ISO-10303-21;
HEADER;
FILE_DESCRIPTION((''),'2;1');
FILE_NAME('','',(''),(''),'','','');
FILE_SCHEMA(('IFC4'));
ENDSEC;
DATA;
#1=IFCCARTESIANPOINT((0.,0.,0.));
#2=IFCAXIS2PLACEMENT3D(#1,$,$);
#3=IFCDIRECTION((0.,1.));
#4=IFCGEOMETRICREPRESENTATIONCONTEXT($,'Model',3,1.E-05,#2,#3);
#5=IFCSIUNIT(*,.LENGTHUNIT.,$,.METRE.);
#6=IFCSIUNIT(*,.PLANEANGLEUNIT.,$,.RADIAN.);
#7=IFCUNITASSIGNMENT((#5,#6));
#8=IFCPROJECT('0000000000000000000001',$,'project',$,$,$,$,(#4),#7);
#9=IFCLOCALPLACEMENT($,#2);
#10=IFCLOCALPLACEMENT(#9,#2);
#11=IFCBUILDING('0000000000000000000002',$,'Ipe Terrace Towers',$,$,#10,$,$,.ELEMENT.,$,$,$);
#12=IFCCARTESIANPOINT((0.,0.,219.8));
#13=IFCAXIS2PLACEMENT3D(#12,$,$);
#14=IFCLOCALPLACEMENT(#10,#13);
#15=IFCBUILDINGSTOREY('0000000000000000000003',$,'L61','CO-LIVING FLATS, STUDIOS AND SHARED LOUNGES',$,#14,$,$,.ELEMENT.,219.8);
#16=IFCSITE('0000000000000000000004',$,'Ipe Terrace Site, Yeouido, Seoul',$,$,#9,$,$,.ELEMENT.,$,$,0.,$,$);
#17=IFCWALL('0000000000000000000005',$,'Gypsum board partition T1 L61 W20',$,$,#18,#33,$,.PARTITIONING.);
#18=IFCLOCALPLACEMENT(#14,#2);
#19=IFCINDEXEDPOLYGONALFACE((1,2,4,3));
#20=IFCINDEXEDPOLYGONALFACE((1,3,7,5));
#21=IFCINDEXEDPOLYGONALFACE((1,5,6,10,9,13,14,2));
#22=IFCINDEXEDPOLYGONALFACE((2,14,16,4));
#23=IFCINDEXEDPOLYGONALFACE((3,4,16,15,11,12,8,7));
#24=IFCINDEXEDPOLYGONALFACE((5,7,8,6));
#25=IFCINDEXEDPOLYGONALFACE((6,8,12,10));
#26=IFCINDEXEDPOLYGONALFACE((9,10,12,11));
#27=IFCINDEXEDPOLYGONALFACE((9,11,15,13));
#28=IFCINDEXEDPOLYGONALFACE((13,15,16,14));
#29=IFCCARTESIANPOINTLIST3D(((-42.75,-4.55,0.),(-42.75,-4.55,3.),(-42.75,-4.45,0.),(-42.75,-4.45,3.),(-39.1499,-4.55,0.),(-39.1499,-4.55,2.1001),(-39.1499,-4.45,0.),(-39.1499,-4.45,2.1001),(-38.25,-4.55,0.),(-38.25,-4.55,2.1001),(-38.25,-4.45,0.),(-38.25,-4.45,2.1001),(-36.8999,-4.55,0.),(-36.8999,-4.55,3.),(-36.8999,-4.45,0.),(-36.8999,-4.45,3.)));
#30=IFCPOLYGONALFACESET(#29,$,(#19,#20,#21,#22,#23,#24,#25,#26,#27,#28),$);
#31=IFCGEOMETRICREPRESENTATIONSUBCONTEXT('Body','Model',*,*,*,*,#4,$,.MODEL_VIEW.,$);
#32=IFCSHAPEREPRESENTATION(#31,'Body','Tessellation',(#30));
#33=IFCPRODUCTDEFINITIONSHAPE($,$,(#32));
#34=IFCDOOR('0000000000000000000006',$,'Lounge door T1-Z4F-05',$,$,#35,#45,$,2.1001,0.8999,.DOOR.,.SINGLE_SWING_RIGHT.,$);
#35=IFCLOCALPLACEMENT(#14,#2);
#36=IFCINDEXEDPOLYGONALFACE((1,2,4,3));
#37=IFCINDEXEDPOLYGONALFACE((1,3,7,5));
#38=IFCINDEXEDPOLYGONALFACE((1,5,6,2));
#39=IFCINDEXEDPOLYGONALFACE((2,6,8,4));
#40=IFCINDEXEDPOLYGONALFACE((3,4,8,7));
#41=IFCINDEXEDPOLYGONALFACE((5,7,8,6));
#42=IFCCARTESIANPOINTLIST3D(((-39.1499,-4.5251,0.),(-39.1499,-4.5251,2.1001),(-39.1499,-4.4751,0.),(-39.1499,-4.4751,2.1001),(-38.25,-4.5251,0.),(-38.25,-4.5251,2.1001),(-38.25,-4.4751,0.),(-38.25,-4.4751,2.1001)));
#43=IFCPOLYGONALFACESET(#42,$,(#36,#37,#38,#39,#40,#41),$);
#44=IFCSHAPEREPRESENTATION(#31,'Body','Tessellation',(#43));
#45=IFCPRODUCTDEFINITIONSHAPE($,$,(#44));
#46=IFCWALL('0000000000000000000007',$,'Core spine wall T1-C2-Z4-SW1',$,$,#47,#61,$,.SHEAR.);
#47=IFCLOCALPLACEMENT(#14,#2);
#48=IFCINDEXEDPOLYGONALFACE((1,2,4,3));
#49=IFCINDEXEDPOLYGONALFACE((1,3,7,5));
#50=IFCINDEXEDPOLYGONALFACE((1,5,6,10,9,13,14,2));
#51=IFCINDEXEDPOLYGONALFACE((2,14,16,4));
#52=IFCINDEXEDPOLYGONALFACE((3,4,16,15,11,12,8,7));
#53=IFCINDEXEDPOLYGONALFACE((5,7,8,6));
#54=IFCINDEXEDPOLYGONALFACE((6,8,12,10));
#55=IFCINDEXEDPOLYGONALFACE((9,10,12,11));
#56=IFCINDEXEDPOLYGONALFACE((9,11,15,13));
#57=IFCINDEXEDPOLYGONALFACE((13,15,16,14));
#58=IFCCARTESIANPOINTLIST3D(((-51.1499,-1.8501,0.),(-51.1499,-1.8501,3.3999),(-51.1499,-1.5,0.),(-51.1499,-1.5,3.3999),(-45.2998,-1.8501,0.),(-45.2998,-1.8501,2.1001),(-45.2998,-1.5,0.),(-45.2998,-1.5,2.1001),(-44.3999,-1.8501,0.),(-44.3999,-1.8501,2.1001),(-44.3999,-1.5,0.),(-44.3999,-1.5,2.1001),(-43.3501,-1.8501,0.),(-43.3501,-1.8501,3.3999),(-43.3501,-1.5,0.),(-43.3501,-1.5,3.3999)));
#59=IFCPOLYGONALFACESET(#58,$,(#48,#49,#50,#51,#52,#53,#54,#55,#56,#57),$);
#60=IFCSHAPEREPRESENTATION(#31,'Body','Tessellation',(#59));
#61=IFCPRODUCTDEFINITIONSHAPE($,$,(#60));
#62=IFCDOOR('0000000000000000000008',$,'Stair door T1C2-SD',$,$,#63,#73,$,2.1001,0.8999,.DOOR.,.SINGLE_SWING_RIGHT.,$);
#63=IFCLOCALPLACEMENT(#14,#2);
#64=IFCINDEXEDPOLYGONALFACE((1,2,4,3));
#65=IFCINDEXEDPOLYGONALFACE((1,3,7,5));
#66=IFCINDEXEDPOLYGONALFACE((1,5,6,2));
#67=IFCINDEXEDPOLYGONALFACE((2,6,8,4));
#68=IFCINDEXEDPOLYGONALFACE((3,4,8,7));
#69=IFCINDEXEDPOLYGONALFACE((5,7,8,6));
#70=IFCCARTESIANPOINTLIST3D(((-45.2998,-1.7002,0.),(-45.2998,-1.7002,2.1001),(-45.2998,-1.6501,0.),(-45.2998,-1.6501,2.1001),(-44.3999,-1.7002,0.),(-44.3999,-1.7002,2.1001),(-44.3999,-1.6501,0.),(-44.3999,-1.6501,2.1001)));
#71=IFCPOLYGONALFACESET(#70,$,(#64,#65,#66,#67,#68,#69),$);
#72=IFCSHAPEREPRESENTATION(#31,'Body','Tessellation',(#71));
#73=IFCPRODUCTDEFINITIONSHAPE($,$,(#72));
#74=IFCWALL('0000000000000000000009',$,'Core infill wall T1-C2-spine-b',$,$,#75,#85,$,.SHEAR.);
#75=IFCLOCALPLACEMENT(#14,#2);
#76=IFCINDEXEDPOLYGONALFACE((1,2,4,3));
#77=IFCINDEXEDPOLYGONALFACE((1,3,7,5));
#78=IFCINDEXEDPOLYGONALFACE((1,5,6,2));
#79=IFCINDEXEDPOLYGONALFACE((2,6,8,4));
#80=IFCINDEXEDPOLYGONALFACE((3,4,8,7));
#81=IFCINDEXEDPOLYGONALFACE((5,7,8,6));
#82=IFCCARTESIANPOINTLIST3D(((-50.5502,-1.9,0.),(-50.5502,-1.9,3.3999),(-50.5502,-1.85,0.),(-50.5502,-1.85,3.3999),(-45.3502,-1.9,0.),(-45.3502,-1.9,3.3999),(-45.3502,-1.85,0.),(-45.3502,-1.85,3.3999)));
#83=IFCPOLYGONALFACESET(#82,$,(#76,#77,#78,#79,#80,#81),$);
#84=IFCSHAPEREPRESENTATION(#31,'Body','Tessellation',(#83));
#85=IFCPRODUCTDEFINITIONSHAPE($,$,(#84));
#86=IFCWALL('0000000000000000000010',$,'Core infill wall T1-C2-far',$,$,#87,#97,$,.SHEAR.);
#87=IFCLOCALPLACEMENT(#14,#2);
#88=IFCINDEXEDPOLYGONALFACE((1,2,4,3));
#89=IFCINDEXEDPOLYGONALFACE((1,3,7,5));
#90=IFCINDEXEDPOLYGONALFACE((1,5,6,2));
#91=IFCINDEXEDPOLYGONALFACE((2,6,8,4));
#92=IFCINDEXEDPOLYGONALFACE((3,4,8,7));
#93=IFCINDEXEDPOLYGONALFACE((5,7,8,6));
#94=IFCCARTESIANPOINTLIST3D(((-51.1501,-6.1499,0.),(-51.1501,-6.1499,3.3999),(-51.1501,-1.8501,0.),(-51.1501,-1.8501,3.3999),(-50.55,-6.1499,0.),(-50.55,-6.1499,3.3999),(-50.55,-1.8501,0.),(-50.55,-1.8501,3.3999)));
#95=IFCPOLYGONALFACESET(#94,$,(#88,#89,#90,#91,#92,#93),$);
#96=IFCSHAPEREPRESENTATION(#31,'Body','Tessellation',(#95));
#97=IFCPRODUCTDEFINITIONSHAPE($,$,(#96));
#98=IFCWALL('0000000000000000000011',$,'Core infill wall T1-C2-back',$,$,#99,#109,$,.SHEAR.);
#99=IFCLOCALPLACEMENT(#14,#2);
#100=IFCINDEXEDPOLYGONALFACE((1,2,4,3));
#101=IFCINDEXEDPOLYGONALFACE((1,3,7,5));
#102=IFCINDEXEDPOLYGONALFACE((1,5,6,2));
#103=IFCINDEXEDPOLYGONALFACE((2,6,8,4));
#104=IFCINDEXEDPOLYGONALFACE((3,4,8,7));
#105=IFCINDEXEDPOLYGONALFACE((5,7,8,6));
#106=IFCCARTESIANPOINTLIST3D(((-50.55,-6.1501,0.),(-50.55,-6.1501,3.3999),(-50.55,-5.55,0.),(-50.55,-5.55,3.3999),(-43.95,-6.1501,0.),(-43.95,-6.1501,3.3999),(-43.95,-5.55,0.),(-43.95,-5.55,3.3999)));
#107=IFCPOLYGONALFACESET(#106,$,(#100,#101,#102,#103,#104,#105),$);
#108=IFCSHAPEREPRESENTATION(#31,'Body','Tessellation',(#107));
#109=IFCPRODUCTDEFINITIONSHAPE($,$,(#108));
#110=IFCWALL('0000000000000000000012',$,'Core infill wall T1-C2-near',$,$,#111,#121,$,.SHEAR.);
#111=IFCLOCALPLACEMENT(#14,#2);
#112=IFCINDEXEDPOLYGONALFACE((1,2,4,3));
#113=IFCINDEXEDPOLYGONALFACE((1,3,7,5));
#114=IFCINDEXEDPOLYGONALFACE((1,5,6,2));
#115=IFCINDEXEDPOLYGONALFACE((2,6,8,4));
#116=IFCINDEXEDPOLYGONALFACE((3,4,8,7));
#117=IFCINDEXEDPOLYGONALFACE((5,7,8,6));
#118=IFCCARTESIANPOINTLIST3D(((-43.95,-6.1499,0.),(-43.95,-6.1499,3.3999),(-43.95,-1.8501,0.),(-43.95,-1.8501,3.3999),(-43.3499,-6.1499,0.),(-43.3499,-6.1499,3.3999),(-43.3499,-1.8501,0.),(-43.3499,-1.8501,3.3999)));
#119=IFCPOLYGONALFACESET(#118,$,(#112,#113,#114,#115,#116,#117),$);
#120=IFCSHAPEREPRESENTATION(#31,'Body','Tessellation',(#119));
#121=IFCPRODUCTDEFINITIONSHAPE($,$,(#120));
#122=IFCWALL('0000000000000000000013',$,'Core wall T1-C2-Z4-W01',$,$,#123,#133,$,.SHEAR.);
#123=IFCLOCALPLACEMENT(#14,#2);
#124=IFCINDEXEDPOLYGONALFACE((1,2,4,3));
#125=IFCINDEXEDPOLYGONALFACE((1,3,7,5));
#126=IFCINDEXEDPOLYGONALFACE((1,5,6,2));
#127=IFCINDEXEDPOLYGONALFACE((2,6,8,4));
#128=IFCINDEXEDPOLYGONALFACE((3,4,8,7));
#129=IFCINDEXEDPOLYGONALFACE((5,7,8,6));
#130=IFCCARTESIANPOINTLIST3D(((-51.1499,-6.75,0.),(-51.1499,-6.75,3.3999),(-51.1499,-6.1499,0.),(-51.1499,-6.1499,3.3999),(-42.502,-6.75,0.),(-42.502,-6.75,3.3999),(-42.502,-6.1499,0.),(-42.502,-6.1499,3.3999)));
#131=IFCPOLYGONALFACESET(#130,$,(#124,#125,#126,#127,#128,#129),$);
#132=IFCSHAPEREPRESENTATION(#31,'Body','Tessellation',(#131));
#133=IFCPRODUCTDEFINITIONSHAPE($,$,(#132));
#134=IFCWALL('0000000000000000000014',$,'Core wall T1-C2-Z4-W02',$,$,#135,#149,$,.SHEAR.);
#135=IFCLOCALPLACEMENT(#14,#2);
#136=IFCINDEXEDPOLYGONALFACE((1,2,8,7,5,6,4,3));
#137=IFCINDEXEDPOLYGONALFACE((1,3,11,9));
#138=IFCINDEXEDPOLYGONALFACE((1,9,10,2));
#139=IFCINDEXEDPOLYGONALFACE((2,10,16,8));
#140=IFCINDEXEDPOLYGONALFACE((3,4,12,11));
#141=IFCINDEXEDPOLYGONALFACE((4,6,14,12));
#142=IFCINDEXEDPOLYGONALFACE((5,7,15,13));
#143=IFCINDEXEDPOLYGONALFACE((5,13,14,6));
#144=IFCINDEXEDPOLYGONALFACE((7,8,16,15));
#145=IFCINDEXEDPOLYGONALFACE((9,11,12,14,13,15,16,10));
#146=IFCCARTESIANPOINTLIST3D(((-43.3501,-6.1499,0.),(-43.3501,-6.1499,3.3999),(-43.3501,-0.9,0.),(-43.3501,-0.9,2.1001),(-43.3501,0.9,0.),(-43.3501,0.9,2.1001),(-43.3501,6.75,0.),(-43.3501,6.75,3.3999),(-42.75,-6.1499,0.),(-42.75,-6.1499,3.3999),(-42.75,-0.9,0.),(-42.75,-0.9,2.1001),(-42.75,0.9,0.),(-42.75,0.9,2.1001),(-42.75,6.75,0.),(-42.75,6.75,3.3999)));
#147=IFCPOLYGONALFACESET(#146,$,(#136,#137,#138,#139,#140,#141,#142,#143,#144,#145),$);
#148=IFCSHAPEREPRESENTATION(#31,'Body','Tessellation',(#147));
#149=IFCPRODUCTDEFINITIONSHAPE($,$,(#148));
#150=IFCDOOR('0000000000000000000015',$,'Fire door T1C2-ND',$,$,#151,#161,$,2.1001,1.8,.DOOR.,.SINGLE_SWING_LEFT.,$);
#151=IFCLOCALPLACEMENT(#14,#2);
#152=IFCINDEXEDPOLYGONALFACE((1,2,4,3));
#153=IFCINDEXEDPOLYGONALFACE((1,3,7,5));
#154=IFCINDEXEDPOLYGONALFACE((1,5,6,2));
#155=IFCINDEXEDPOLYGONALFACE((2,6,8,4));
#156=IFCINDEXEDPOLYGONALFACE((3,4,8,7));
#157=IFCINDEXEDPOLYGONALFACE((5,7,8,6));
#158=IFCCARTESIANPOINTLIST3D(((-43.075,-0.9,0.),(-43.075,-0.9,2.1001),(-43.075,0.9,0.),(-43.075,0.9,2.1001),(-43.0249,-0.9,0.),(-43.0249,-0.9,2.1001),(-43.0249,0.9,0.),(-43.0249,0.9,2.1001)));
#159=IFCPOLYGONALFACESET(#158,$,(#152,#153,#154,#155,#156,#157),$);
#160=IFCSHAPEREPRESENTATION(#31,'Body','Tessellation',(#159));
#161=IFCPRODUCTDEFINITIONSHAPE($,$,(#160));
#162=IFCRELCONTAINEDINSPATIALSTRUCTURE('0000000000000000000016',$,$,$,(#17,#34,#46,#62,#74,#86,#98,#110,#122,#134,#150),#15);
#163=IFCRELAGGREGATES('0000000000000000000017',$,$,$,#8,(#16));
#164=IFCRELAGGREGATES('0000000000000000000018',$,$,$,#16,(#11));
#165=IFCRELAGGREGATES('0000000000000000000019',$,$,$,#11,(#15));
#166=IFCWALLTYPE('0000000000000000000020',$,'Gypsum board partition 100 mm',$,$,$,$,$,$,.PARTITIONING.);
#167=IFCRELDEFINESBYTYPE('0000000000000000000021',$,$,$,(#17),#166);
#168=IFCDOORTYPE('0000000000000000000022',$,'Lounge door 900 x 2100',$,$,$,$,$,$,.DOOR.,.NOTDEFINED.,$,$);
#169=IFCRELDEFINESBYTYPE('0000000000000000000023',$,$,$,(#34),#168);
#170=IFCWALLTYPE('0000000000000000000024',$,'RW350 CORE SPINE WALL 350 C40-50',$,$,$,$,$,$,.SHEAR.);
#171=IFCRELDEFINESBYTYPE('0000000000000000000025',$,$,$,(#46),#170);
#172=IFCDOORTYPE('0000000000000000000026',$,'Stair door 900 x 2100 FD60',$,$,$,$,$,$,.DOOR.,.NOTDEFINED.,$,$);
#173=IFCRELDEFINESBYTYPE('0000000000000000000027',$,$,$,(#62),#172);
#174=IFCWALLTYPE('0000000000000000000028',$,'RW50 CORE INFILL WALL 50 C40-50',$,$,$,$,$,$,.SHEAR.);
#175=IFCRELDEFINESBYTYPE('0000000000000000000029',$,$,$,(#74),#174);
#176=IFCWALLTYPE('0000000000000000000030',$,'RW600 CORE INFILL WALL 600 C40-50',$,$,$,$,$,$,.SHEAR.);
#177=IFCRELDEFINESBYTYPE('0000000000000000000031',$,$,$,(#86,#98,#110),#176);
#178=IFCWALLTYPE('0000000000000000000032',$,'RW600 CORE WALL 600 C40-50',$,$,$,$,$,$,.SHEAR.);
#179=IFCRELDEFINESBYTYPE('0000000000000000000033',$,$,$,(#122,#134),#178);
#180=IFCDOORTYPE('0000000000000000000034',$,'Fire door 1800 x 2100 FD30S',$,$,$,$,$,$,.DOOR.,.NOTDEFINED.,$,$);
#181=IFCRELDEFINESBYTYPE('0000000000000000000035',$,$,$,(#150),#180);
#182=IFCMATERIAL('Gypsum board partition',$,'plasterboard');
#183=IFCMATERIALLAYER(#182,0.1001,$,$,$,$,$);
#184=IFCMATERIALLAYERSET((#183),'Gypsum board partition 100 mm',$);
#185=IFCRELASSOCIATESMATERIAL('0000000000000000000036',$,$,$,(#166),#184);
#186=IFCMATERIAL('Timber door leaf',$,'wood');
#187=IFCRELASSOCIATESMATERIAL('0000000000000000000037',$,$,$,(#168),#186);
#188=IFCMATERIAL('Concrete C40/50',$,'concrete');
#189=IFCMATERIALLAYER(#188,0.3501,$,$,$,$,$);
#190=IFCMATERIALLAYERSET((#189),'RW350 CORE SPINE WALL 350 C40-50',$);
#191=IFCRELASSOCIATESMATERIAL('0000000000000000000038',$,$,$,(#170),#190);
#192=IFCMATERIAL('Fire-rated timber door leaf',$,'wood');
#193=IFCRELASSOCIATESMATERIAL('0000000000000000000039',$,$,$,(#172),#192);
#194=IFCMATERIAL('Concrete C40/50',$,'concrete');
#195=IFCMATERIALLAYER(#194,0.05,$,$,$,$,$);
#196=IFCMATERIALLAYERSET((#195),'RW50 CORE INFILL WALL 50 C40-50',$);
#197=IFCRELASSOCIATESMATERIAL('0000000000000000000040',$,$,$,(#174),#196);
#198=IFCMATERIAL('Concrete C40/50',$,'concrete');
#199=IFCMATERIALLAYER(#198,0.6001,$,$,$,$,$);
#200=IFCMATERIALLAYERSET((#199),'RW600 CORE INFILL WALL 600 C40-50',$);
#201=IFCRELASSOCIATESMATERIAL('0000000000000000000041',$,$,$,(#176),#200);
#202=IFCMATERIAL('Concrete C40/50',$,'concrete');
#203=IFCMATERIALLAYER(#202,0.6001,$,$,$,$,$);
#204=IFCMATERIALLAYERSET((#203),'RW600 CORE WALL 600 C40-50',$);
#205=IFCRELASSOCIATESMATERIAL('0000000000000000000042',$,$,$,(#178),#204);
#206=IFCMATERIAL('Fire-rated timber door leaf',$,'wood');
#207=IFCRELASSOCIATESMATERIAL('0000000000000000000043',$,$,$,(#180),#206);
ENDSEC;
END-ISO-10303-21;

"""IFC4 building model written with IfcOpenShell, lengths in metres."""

from ifc_helpers import new_model, si_unit, direction, frame, frame_2d, origin, place, context, subcontext, project, spatial, rectangle, extrude, material, layer, layer_set, type_object, element, fill, save


model = new_model("IFC4")

# Units and contexts
model_context = context("Model", 3, precision=1e-05, world=origin(), true_north=direction((0.0, 1.0)))
body_context = subcontext(model_context, "Body", "Model", "MODEL_VIEW")
ifc_project = project(units=[si_unit("LENGTHUNIT", "METRE"), si_unit("PLANEANGLEUNIT", "RADIAN")], contexts=[model_context])

# Site, building, storey
site_placement = place(None, origin())
site = spatial("IfcSite", under=ifc_project, at=site_placement, Name="Ipe Terrace Site, Yeouido, Seoul", CompositionType="ELEMENT", RefElevation=0.0)
building_placement = place(site_placement, origin())
building = spatial("IfcBuilding", under=site, at=building_placement, Name="Ipe Terrace Towers", CompositionType="ELEMENT")
storey_placement = place(building_placement, frame((0.0, 0.0, 219.8)))
storey = spatial("IfcBuildingStorey", under=building, at=storey_placement, Name="L61", Description="CO-LIVING FLATS, STUDIOS AND SHARED LOUNGES", CompositionType="ELEMENT", Elevation=219.8)

# Shared definitions
ifc_material_1 = material(Name="Gypsum board partition", Category="plasterboard")
ifc_layer_1 = layer(ifc_material_1, 0.1001)
ifc_layer_set_1 = layer_set([ifc_layer_1], Name="Gypsum board partition 100 mm")
wall_type_1 = type_object("IfcWallType", Name="Gypsum board partition 100 mm", PredefinedType="PARTITIONING", material=ifc_layer_set_1)

# Walls, openings, doors
wall_1_placement = place(storey_placement, frame((-42.75, -4.5, 0.0), z_axis=(0.0, 0.0, 1.0), x_axis=(1.0, 0.0, 0.0)))
wall_1 = element("IfcWall", 1, at=wall_1_placement, inside=storey, type_object=wall_type_1, Name="Gypsum board partition T1 L61 W20", PredefinedType="PARTITIONING", context=body_context, shape_type="SweptSolid", body=[
    extrude(rectangle(XDim=5.8501, YDim=0.1001, at=frame_2d((2.925, 0.0))), origin(), (0.0, 0.0, 1.0), 3.0),
])
opening_1_placement = place(wall_1_placement, frame((3.6001, 0.0, 0.0)))
opening_1 = element("IfcOpeningElement", 2, at=opening_1_placement, cuts=wall_1, PredefinedType="OPENING", context=body_context, shape_type="SweptSolid", body=[
    extrude(rectangle(XDim=0.8999, YDim=2.1001, at=frame_2d((0.45, 1.05))), frame((0.0, 0.0601, 0.0), z_axis=(0.0, -1.0, 0.0), x_axis=(1.0, 0.0, 0.0)), (0.0, 0.0, 1.0), 0.1201),
])
ifc_material_2 = material(Name="Timber door leaf", Category="wood")
door_type_1 = type_object("IfcDoorType", Name="Lounge door 900 x 2100", OperationType="NOTDEFINED", PredefinedType="DOOR", material=ifc_material_2)
door_1_placement = place(opening_1_placement, origin())
door_1 = element("IfcDoor", 3, at=door_1_placement, inside=storey, type_object=door_type_1, Name="Lounge door T1-Z4F-05", OperationType="SINGLE_SWING_RIGHT", OverallHeight=2.1001, OverallWidth=0.8999, PredefinedType="DOOR", context=body_context, shape_type="SweptSolid", body=[
    extrude(rectangle(XDim=0.8999, YDim=2.1001, at=frame_2d((0.45, 1.05))), frame((0.0, 0.0249, 0.0), z_axis=(0.0, -1.0, 0.0), x_axis=(1.0, 0.0, 0.0)), (0.0, 0.0, 1.0), 0.05),
])
fill(opening_1, door_1)
ifc_material_3 = material(Name="Concrete C40/50", Category="concrete")
ifc_layer_2 = layer(ifc_material_3, 0.3501)
ifc_layer_set_2 = layer_set([ifc_layer_2], Name="RW350 CORE SPINE WALL 350 C40-50")
wall_type_2 = type_object("IfcWallType", Name="RW350 CORE SPINE WALL 350 C40-50", PredefinedType="SHEAR", material=ifc_layer_set_2)
wall_2_placement = place(storey_placement, frame((-51.1499, -1.675, 0.0), z_axis=(0.0, 0.0, 1.0), x_axis=(1.0, 0.0, 0.0)))
wall_2 = element("IfcWall", 4, at=wall_2_placement, inside=storey, type_object=wall_type_2, Name="Core spine wall T1-C2-Z4-SW1", PredefinedType="SHEAR", context=body_context, shape_type="SweptSolid", body=[
    extrude(rectangle(XDim=7.7998, YDim=0.3501, at=frame_2d((3.8999, 0.0))), origin(), (0.0, 0.0, 1.0), 3.3999),
])
opening_2_placement = place(wall_2_placement, frame((5.8501, 0.0, 0.0)))
opening_2 = element("IfcOpeningElement", 5, at=opening_2_placement, cuts=wall_2, PredefinedType="OPENING", context=body_context, shape_type="SweptSolid", body=[
    extrude(rectangle(XDim=0.8999, YDim=2.1001, at=frame_2d((0.45, 1.05))), frame((0.0, 0.1851, 0.0), z_axis=(0.0, -1.0, 0.0), x_axis=(1.0, 0.0, 0.0)), (0.0, 0.0, 1.0), 0.3701),
])
ifc_material_4 = material(Name="Fire-rated timber door leaf", Category="wood")
door_type_2 = type_object("IfcDoorType", Name="Stair door 900 x 2100 FD60", OperationType="NOTDEFINED", PredefinedType="DOOR", material=ifc_material_4)
door_2_placement = place(opening_2_placement, origin())
door_2 = element("IfcDoor", 6, at=door_2_placement, inside=storey, type_object=door_type_2, Name="Stair door T1C2-SD", OperationType="SINGLE_SWING_RIGHT", OverallHeight=2.1001, OverallWidth=0.8999, PredefinedType="DOOR", context=body_context, shape_type="SweptSolid", body=[
    extrude(rectangle(XDim=0.8999, YDim=2.1001, at=frame_2d((0.45, 1.05))), frame((0.0, 0.0249, 0.0), z_axis=(0.0, -1.0, 0.0), x_axis=(1.0, 0.0, 0.0)), (0.0, 0.0, 1.0), 0.05),
])
fill(opening_2, door_2)

# Walls
ifc_material_5 = material(Name="Concrete C40/50", Category="concrete")
ifc_layer_3 = layer(ifc_material_5, 0.05)
ifc_layer_set_3 = layer_set([ifc_layer_3], Name="RW50 CORE INFILL WALL 50 C40-50")
wall_type_3 = type_object("IfcWallType", Name="RW50 CORE INFILL WALL 50 C40-50", PredefinedType="SHEAR", material=ifc_layer_set_3)
wall_3_placement = place(storey_placement, frame((-45.3501, -1.875, 0.0), z_axis=(0.0, 0.0, 1.0), x_axis=(-1.0, 0.0, 0.0)))
element("IfcWall", 7, at=wall_3_placement, inside=storey, type_object=wall_type_3, Name="Core infill wall T1-C2-spine-b", PredefinedType="SHEAR", context=body_context, shape_type="SweptSolid", body=[
    extrude(rectangle(XDim=5.2, YDim=0.05, at=frame_2d((2.6001, 0.0))), origin(), (0.0, 0.0, 1.0), 3.3999),
])
ifc_material_6 = material(Name="Concrete C40/50", Category="concrete")
ifc_layer_4 = layer(ifc_material_6, 0.6001)
ifc_layer_set_4 = layer_set([ifc_layer_4], Name="RW600 CORE INFILL WALL 600 C40-50")
wall_type_4 = type_object("IfcWallType", Name="RW600 CORE INFILL WALL 600 C40-50", PredefinedType="SHEAR", material=ifc_layer_set_4)
wall_4_placement = place(storey_placement, frame((-50.8501, -1.8501, 0.0), z_axis=(0.0, 0.0, 1.0), x_axis=(0.0, -1.0, 0.0)))
element("IfcWall", 8, at=wall_4_placement, inside=storey, type_object=wall_type_4, Name="Core infill wall T1-C2-far", PredefinedType="SHEAR", context=body_context, shape_type="SweptSolid", body=[
    extrude(rectangle(XDim=4.2998, YDim=0.6001, at=frame_2d((2.1499, 0.0))), origin(), (0.0, 0.0, 1.0), 3.3999),
])
wall_5_placement = place(storey_placement, frame((-43.95, -5.8501, 0.0), z_axis=(0.0, 0.0, 1.0), x_axis=(-1.0, 0.0, 0.0)))
element("IfcWall", 9, at=wall_5_placement, inside=storey, type_object=wall_type_4, Name="Core infill wall T1-C2-back", PredefinedType="SHEAR", context=body_context, shape_type="SweptSolid", body=[
    extrude(rectangle(XDim=6.6001, YDim=0.6001, at=frame_2d((3.3, 0.0))), origin(), (0.0, 0.0, 1.0), 3.3999),
])
wall_6_placement = place(storey_placement, frame((-43.6499, -1.8501, 0.0), z_axis=(0.0, 0.0, 1.0), x_axis=(0.0, -1.0, 0.0)))
element("IfcWall", 10, at=wall_6_placement, inside=storey, type_object=wall_type_4, Name="Core infill wall T1-C2-near", PredefinedType="SHEAR", context=body_context, shape_type="SweptSolid", body=[
    extrude(rectangle(XDim=4.2998, YDim=0.6001, at=frame_2d((2.1499, 0.0))), origin(), (0.0, 0.0, 1.0), 3.3999),
])
ifc_material_7 = material(Name="Concrete C40/50", Category="concrete")
ifc_layer_5 = layer(ifc_material_7, 0.6001)
ifc_layer_set_5 = layer_set([ifc_layer_5], Name="RW600 CORE WALL 600 C40-50")
wall_type_5 = type_object("IfcWallType", Name="RW600 CORE WALL 600 C40-50", PredefinedType="SHEAR", material=ifc_layer_set_5)
wall_7_placement = place(storey_placement, frame((-51.1499, -6.45, 0.0), z_axis=(0.0, 0.0, 1.0), x_axis=(1.0, 0.0, 0.0)))
element("IfcWall", 11, at=wall_7_placement, inside=storey, type_object=wall_type_5, Name="Core wall T1-C2-Z4-W01", PredefinedType="SHEAR", context=body_context, shape_type="SweptSolid", body=[
    extrude(rectangle(XDim=8.6479, YDim=0.6001, at=frame_2d((4.324, 0.0))), origin(), (0.0, 0.0, 1.0), 3.3999),
])

# Wall, opening, door
wall_8_placement = place(storey_placement, frame((-43.05, -6.1499, 0.0), z_axis=(0.0, 0.0, 1.0), x_axis=(0.0, 1.0, 0.0)))
wall_8 = element("IfcWall", 12, at=wall_8_placement, inside=storey, type_object=wall_type_5, Name="Core wall T1-C2-Z4-W02", PredefinedType="SHEAR", context=body_context, shape_type="SweptSolid", body=[
    extrude(rectangle(XDim=12.8999, YDim=0.6001, at=frame_2d((6.45, 0.0))), origin(), (0.0, 0.0, 1.0), 3.3999),
])
opening_3_placement = place(wall_8_placement, frame((5.25, 0.0, 0.0)))
opening_3 = element("IfcOpeningElement", 13, at=opening_3_placement, cuts=wall_8, PredefinedType="OPENING", context=body_context, shape_type="SweptSolid", body=[
    extrude(rectangle(XDim=1.8, YDim=2.1001, at=frame_2d((0.8999, 1.05))), frame((0.0, 0.3101, 0.0), z_axis=(0.0, -1.0, 0.0), x_axis=(1.0, 0.0, 0.0)), (0.0, 0.0, 1.0), 0.6201),
])
ifc_material_8 = material(Name="Fire-rated timber door leaf", Category="wood")
door_type_3 = type_object("IfcDoorType", Name="Fire door 1800 x 2100 FD30S", OperationType="NOTDEFINED", PredefinedType="DOOR", material=ifc_material_8)
door_3_placement = place(opening_3_placement, origin())
door_3 = element("IfcDoor", 14, at=door_3_placement, inside=storey, type_object=door_type_3, Name="Fire door T1C2-ND", OperationType="SINGLE_SWING_LEFT", OverallHeight=2.1001, OverallWidth=1.8, PredefinedType="DOOR", context=body_context, shape_type="SweptSolid", body=[
    extrude(rectangle(XDim=1.8, YDim=2.1001, at=frame_2d((0.8999, 1.05))), frame((0.0, 0.0249, 0.0), z_axis=(0.0, -1.0, 0.0), x_axis=(1.0, 0.0, 0.0)), (0.0, 0.0, 1.0), 0.05),
])
fill(opening_3, door_3)

save(model, "model.ifc")
